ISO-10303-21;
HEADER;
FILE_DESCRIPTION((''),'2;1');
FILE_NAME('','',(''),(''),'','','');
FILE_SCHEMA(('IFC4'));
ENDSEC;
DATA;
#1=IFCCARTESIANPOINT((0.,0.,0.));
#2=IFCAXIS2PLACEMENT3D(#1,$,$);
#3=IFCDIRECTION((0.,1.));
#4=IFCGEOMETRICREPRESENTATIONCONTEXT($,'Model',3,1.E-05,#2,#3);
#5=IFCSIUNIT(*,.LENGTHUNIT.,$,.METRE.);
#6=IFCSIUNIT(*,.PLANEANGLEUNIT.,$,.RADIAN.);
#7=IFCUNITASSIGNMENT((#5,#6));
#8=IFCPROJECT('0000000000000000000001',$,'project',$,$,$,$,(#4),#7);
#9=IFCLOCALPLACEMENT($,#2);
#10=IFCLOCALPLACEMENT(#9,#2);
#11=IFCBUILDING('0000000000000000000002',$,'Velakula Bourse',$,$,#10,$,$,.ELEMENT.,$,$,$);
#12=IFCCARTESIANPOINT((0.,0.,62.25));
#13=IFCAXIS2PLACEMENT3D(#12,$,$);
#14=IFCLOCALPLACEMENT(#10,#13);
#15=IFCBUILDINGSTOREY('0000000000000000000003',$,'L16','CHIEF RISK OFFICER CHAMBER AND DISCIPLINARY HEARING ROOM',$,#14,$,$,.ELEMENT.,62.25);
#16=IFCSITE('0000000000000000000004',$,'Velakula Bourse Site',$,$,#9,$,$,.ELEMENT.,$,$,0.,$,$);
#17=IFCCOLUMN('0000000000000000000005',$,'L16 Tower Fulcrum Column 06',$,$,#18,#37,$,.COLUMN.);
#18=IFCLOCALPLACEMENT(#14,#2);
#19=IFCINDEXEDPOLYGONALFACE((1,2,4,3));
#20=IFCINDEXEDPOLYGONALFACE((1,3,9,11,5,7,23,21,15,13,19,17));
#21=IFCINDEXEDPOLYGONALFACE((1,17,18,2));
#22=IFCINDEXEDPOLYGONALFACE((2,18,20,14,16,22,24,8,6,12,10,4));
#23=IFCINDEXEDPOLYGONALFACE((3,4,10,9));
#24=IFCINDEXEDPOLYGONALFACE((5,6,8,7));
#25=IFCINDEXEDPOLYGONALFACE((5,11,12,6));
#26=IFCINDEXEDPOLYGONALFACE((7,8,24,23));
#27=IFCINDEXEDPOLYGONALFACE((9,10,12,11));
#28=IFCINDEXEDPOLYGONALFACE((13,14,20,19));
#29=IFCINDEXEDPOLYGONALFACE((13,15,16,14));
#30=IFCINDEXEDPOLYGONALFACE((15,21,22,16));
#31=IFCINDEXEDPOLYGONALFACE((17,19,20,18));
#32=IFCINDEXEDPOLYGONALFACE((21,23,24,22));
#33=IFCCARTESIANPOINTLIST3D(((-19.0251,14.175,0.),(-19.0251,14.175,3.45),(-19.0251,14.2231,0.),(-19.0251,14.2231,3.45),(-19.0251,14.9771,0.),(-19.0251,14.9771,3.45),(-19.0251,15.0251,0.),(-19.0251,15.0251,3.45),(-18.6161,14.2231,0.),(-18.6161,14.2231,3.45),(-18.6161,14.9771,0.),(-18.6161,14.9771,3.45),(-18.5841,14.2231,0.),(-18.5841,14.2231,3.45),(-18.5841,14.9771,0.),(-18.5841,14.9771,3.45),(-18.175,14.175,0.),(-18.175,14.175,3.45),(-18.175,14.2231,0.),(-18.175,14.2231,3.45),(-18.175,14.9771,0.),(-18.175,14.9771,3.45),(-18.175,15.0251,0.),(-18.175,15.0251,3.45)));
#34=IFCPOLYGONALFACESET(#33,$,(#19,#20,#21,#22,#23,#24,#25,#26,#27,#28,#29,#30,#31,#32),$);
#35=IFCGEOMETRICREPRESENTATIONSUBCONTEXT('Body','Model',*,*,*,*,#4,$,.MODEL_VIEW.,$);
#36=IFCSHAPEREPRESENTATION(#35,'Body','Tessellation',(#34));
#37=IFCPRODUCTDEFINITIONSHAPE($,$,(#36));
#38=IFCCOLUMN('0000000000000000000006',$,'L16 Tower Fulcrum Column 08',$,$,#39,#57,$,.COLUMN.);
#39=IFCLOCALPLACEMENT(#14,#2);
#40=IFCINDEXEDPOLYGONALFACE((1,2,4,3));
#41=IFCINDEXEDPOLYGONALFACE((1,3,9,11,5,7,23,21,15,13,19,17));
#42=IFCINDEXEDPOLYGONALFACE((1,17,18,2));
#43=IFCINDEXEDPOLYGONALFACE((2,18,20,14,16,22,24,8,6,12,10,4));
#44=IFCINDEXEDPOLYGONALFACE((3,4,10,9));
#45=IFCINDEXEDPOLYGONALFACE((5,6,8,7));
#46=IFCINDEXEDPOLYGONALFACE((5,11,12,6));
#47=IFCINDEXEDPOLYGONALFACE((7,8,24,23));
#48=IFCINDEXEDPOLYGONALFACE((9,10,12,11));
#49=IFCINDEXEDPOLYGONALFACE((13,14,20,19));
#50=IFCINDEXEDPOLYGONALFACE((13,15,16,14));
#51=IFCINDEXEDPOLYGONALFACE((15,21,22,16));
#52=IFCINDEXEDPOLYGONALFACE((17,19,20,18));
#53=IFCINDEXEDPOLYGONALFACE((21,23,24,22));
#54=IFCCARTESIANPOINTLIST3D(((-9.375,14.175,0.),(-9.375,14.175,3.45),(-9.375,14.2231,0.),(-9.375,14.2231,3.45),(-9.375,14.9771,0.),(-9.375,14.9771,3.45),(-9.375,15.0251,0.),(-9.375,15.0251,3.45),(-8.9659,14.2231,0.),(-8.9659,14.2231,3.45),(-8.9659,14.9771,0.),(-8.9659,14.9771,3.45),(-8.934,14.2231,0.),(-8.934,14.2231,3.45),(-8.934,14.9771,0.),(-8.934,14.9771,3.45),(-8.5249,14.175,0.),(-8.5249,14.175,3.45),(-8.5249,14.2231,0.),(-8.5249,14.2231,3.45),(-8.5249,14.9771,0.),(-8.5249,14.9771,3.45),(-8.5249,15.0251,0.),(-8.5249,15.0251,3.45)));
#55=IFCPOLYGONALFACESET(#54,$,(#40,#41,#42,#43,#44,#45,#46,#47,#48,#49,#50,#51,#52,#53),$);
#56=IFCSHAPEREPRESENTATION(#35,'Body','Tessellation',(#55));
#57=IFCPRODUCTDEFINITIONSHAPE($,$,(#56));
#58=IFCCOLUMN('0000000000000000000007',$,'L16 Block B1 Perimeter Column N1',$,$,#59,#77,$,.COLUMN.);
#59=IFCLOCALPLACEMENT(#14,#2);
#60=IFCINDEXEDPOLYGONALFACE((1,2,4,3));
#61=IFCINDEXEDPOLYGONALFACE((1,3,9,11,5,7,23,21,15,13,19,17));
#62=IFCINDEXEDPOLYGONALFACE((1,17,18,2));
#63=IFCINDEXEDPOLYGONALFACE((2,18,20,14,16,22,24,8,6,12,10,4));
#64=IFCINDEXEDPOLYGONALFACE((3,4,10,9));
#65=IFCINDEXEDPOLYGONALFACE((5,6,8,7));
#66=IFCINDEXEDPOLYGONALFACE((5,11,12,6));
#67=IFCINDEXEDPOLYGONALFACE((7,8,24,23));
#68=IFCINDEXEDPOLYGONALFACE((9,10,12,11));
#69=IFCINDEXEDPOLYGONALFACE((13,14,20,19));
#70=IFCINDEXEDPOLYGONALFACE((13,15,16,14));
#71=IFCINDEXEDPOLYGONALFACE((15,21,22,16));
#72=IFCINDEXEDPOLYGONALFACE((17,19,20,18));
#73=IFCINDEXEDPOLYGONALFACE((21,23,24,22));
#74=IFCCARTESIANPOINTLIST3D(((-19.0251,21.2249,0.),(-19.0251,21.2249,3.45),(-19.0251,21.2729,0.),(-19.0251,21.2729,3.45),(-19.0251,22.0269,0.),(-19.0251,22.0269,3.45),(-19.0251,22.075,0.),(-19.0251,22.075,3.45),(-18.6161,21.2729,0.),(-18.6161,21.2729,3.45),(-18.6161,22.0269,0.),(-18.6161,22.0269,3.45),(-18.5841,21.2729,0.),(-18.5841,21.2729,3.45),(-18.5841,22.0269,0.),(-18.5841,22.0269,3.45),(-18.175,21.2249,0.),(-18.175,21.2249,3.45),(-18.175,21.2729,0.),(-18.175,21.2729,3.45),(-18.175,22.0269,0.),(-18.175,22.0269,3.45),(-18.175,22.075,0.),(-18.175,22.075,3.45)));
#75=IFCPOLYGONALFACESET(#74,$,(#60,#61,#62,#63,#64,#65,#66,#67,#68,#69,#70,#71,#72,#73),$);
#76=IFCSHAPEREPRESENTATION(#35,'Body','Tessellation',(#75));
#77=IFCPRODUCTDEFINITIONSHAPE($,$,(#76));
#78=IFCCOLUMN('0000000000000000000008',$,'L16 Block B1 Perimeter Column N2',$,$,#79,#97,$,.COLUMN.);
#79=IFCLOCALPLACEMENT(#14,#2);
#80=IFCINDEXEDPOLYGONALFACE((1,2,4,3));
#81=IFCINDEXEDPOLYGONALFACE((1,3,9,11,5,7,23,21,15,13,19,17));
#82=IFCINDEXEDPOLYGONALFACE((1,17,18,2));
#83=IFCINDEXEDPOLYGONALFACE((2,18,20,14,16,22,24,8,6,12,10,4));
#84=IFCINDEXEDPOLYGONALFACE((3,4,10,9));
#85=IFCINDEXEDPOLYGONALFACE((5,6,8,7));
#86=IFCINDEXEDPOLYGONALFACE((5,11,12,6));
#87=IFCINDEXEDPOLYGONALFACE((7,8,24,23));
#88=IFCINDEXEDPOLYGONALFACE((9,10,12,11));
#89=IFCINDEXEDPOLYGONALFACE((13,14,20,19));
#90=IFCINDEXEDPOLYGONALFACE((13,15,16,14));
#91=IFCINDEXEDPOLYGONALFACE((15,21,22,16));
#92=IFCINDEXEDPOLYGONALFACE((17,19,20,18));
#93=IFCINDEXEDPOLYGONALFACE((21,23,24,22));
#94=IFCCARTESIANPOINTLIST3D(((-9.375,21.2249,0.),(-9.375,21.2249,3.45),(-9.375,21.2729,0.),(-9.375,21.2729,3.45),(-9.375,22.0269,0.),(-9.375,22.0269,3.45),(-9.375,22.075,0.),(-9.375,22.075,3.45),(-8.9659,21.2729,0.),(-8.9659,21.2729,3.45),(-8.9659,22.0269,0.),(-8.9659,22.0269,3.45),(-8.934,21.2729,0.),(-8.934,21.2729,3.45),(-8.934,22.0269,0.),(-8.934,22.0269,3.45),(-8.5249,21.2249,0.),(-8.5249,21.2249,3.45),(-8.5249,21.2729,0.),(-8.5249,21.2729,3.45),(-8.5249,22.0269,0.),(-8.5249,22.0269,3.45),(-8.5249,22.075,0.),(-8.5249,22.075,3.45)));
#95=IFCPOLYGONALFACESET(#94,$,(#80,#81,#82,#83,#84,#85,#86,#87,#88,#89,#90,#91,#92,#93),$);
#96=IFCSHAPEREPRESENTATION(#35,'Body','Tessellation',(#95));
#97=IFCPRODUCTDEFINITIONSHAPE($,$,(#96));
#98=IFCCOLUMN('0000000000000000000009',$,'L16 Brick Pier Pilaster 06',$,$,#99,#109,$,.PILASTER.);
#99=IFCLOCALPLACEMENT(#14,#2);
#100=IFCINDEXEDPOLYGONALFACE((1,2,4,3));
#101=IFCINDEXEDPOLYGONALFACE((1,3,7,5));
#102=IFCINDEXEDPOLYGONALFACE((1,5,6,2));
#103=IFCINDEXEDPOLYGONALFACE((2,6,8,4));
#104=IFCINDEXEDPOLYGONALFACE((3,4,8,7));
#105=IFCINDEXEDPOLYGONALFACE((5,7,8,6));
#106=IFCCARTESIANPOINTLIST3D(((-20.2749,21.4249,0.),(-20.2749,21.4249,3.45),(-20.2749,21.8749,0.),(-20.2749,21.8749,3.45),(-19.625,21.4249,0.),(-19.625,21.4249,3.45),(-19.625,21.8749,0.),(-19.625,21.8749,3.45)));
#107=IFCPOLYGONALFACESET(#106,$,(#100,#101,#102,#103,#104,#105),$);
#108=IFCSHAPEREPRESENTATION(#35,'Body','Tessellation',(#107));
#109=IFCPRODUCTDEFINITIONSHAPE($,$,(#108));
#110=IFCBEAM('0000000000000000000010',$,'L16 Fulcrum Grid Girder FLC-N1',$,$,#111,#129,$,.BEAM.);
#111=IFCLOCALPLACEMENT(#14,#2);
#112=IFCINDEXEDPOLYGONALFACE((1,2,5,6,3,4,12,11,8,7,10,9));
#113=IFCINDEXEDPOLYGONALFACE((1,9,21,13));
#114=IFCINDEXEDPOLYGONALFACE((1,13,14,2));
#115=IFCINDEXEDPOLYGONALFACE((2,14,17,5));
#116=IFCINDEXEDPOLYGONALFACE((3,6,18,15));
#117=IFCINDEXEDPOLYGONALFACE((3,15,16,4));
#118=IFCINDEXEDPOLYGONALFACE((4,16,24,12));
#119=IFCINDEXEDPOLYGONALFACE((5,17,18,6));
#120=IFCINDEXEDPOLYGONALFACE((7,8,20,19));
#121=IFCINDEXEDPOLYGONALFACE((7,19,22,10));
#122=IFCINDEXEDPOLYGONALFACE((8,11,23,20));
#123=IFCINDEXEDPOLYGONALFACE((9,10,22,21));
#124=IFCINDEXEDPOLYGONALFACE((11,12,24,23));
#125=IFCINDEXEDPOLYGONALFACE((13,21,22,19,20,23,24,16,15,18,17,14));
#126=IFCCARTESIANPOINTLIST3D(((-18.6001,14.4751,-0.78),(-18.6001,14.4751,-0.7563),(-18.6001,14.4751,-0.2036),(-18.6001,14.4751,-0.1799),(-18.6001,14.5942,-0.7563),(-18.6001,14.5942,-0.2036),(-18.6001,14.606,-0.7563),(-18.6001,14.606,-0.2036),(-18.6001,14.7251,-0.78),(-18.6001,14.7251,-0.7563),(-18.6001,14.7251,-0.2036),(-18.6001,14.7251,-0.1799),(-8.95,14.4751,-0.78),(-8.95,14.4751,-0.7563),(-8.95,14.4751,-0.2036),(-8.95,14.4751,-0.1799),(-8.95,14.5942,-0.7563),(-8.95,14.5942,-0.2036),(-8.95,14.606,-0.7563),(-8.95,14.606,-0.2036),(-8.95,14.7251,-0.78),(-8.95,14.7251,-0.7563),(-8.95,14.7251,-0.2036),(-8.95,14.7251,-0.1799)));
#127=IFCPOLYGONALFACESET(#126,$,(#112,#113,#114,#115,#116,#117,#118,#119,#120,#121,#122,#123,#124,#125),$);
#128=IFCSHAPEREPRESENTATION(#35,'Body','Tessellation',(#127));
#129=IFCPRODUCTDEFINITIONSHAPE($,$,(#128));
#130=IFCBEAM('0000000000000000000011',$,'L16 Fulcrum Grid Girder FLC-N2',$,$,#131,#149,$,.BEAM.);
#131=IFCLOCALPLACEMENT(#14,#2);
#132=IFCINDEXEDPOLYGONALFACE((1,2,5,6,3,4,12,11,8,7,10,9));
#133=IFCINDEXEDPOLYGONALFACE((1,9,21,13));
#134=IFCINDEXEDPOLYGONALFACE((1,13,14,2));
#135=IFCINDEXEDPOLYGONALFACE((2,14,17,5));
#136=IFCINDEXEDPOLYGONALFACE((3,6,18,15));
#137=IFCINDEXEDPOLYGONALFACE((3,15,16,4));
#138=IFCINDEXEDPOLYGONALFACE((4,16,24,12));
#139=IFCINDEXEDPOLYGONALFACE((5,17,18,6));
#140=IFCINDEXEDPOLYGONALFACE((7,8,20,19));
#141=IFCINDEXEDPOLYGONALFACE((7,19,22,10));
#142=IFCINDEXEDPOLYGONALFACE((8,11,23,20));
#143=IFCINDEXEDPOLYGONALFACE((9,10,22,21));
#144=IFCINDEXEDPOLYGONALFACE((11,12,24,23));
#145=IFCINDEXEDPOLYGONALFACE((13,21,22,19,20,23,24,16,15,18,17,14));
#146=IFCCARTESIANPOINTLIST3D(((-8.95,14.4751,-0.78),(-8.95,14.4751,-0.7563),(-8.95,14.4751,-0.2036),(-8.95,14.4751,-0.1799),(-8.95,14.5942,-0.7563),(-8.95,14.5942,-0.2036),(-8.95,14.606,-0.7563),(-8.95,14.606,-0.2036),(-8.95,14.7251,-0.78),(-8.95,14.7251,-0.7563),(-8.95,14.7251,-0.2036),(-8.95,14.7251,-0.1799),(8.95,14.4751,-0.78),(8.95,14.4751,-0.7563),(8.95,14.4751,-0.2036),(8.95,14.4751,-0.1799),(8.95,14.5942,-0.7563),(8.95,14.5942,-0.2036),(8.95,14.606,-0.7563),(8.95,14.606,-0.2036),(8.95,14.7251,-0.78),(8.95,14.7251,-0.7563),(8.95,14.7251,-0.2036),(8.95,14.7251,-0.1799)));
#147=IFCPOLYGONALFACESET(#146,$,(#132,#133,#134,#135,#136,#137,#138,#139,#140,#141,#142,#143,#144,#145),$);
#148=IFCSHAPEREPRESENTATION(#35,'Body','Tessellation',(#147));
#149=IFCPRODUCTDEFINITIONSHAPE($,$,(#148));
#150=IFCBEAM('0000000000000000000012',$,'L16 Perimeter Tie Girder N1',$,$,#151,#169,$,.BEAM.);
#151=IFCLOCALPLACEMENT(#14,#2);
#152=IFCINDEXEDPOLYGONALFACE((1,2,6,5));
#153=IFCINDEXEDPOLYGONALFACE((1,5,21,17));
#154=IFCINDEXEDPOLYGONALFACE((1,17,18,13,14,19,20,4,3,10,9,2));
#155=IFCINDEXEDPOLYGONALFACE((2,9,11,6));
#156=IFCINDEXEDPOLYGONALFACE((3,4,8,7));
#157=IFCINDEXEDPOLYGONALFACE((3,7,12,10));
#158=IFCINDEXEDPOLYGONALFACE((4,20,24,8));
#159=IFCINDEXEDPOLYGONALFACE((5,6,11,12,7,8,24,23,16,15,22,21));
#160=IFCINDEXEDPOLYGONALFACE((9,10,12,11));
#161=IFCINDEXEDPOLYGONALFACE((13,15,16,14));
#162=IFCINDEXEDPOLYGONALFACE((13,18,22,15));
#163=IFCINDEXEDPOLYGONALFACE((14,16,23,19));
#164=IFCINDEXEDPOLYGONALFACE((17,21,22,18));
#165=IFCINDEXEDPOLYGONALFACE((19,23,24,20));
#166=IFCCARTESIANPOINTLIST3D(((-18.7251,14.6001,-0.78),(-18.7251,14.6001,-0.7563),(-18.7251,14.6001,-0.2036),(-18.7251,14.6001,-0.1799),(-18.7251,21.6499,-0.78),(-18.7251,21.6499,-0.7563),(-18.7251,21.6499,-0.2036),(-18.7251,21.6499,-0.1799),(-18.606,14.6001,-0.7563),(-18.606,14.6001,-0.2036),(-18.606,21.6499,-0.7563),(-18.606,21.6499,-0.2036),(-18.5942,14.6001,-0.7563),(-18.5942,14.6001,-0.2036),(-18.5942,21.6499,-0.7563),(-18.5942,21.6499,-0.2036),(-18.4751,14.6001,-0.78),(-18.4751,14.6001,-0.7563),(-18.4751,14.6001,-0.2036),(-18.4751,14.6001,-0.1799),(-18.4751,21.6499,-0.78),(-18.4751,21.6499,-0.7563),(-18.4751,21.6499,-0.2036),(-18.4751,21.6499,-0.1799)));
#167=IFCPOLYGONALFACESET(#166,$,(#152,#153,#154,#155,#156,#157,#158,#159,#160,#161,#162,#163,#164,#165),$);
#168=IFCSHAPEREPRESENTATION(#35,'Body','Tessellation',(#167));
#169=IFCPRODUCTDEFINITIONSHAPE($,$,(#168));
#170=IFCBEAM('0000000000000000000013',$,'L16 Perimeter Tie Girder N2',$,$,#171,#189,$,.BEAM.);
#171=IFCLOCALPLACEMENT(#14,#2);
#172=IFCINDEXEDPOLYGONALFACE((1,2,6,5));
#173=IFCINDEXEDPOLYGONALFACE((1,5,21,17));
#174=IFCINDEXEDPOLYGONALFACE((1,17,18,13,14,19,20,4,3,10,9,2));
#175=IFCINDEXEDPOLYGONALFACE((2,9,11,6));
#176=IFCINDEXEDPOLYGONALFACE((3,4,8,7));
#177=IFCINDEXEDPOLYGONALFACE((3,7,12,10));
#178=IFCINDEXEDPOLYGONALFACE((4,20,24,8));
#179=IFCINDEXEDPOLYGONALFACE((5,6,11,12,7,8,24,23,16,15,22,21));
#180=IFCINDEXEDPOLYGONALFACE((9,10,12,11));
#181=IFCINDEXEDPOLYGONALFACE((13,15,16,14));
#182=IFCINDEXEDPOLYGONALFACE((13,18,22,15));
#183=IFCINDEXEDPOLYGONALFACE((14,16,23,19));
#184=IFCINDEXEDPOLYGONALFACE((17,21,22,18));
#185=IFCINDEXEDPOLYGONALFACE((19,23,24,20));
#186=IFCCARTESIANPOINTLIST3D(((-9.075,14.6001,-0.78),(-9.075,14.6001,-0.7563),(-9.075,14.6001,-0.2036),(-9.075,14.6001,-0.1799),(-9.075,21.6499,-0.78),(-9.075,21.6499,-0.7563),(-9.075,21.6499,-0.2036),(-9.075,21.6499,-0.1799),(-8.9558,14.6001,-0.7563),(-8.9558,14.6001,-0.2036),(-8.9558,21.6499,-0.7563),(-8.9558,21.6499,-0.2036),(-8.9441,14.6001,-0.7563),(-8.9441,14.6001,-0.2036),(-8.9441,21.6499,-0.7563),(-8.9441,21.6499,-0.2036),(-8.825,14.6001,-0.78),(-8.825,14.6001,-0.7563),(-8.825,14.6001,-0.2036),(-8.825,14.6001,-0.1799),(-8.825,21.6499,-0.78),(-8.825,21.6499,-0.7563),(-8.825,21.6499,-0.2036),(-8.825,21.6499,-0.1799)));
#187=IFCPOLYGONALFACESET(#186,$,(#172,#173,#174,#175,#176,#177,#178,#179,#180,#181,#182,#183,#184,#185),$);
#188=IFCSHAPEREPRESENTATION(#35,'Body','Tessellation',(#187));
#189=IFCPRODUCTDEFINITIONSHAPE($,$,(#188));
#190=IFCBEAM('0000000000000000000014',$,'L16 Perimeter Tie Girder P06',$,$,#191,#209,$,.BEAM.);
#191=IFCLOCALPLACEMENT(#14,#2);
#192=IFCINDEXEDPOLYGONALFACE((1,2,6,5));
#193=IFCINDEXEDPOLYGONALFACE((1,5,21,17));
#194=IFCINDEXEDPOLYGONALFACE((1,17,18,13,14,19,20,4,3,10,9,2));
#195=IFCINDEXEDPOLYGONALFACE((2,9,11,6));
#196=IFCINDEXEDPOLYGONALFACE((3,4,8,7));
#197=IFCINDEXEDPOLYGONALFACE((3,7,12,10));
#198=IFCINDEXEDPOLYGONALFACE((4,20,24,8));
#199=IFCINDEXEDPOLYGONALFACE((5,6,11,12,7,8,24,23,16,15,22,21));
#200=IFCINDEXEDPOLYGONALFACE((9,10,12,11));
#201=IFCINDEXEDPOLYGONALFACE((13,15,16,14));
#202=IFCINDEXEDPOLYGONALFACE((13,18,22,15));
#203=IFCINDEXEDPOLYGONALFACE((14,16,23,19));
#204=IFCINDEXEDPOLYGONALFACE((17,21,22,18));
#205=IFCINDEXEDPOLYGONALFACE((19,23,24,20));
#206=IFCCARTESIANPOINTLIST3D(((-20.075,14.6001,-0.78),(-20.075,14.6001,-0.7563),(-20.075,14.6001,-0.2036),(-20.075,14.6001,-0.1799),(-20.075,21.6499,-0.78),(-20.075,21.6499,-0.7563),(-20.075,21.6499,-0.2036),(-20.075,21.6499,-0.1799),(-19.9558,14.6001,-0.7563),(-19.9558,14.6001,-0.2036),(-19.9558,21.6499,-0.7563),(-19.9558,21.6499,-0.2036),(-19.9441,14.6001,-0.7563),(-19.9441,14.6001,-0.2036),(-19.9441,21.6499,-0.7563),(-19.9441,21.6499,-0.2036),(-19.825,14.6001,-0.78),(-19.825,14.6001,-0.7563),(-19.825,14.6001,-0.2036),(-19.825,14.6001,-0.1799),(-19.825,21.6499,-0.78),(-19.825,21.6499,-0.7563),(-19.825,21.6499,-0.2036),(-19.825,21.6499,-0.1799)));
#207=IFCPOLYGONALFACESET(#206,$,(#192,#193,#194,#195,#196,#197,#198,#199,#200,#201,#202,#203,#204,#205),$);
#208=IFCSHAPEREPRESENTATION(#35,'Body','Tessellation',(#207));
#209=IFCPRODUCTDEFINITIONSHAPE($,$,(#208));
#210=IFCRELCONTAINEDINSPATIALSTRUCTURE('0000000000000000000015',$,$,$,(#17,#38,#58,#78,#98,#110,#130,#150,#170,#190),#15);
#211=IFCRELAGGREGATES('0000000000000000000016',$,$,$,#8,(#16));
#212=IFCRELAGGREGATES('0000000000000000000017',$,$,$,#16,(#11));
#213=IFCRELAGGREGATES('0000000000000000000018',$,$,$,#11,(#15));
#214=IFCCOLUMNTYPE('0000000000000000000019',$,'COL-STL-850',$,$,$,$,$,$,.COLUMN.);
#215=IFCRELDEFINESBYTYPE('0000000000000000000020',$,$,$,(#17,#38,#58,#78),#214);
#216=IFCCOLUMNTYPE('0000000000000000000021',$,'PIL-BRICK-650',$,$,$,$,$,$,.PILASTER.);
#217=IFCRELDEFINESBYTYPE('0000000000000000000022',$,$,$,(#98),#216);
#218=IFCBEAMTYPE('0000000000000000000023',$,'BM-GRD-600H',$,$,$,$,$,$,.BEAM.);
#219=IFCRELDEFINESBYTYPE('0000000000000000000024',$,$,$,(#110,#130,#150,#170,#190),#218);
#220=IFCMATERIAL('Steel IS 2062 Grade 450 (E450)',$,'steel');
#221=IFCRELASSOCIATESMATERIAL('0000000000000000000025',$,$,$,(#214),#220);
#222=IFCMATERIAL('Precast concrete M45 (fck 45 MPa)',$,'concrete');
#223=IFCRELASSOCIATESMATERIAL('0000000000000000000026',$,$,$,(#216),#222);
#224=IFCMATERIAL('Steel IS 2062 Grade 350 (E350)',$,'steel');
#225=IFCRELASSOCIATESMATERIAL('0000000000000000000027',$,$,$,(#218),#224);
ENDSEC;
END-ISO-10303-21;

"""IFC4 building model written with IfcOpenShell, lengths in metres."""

from ifc_helpers import new_model, si_unit, direction, frame, origin, origin_2d, place, context, subcontext, project, spatial, rectangle, i_section, extrude, material, material_profile, profile_set, type_object, element, save


model = new_model("IFC4")

# Units and contexts
model_context = context("Model", 3, precision=1e-05, world=origin(), true_north=direction((0.0, 1.0)))
body_context = subcontext(model_context, "Body", "Model", "MODEL_VIEW")
ifc_project = project(units=[si_unit("LENGTHUNIT", "METRE"), si_unit("PLANEANGLEUNIT", "RADIAN")], contexts=[model_context])

# Site, building, storey
site_placement = place(None, origin())
site = spatial("IfcSite", under=ifc_project, at=site_placement, Name="Velakula Bourse Site", CompositionType="ELEMENT", RefElevation=0.0)
building_placement = place(site_placement, origin())
building = spatial("IfcBuilding", under=site, at=building_placement, Name="Velakula Bourse", CompositionType="ELEMENT")
storey_placement = place(building_placement, frame((0.0, 0.0, 62.25)))
storey = spatial("IfcBuildingStorey", under=building, at=storey_placement, Name="L16", Description="CHIEF RISK OFFICER CHAMBER AND DISCIPLINARY HEARING ROOM", CompositionType="ELEMENT", Elevation=62.25)

# Columns
ifc_material_1 = material(Name="Steel IS 2062 Grade 450 (E450)", Category="steel")
ifc_material_profile_1 = material_profile(ifc_material_1, i_section(OverallWidth=0.8501, OverallDepth=0.8501, WebThickness=0.032, FlangeThickness=0.0481, at=origin_2d()), Name="Steel IS 2062 Grade 450 (E450)")
ifc_profile_set_1 = profile_set([ifc_material_profile_1], Name="Steel IS 2062 Grade 450 (E450)")
column_type_1 = type_object("IfcColumnType", Name="COL-STL-850", PredefinedType="COLUMN", material=ifc_profile_set_1)
for number, where, z_axis, x_axis, name in (
    (1, (-18.6001, 14.6001, 0.0), (0.0, 0.0, 1.0), (1.0, 0.0, 0.0), "L16 Tower Fulcrum Column 06"),
    (2, (-8.95, 14.6001, 0.0), (0.0, 0.0, 1.0), (1.0, 0.0, 0.0), "L16 Tower Fulcrum Column 08"),
    (3, (-18.6001, 21.6499, 0.0), (0.0, 0.0, 1.0), (1.0, 0.0, 0.0), "L16 Block B1 Perimeter Column N1"),
    (4, (-8.95, 21.6499, 0.0), (0.0, 0.0, 1.0), (1.0, 0.0, 0.0), "L16 Block B1 Perimeter Column N2"),
):
    element("IfcColumn", number, at=place(storey_placement, frame(where, z_axis=z_axis, x_axis=x_axis)), inside=storey, type_object=column_type_1, Name=name, PredefinedType="COLUMN", context=body_context, shape_type="SweptSolid", body=[
        extrude(i_section(OverallWidth=0.8501, OverallDepth=0.8501, WebThickness=0.032, FlangeThickness=0.0481, at=origin_2d()), origin(), (0.0, 0.0, 1.0), 3.45),
    ])
ifc_material_2 = material(Name="Precast concrete M45 (fck 45 MPa)", Category="concrete")
ifc_material_profile_2 = material_profile(ifc_material_2, rectangle(XDim=0.6499, YDim=0.45, at=origin_2d()), Name="Precast concrete M45 (fck 45 MPa)")
ifc_profile_set_2 = profile_set([ifc_material_profile_2], Name="Precast concrete M45 (fck 45 MPa)")
column_type_2 = type_object("IfcColumnType", Name="PIL-BRICK-650", PredefinedType="PILASTER", material=ifc_profile_set_2)
column_placement = place(storey_placement, frame((-19.95, 21.6499, 0.0), z_axis=(0.0, 0.0, 1.0), x_axis=(1.0, 0.0, 0.0)))
element("IfcColumn", 5, at=column_placement, inside=storey, type_object=column_type_2, Name="L16 Brick Pier Pilaster 06", PredefinedType="PILASTER", context=body_context, shape_type="SweptSolid", body=[
    extrude(rectangle(XDim=0.6499, YDim=0.45, at=origin_2d()), origin(), (0.0, 0.0, 1.0), 3.45),
])

# Beams
ifc_material_3 = material(Name="Steel IS 2062 Grade 350 (E350)", Category="steel")
ifc_material_profile_3 = material_profile(ifc_material_3, i_section(OverallWidth=0.25, OverallDepth=0.6001, WebThickness=0.0117, FlangeThickness=0.0237, at=origin_2d()), Name="Steel IS 2062 Grade 350 (E350)")
ifc_profile_set_3 = profile_set([ifc_material_profile_3], Name="Steel IS 2062 Grade 350 (E350)")
beam_type_1 = type_object("IfcBeamType", Name="BM-GRD-600H", PredefinedType="BEAM", material=ifc_profile_set_3)
beam_1_placement = place(storey_placement, frame((-18.6001, 14.6001, -0.48), z_axis=(1.0, 0.0, 0.0), x_axis=(0.0, 1.0, 0.0)))
element("IfcBeam", 6, at=beam_1_placement, inside=storey, type_object=beam_type_1, Name="L16 Fulcrum Grid Girder FLC-N1", PredefinedType="BEAM", context=body_context, shape_type="SweptSolid", body=[
    extrude(i_section(OverallWidth=0.25, OverallDepth=0.6001, WebThickness=0.0117, FlangeThickness=0.0237, at=origin_2d()), origin(), (0.0, 0.0, 1.0), 9.6501),
])
beam_2_placement = place(storey_placement, frame((-8.95, 14.6001, -0.48), z_axis=(1.0, 0.0, 0.0), x_axis=(0.0, 1.0, 0.0)))
element("IfcBeam", 7, at=beam_2_placement, inside=storey, type_object=beam_type_1, Name="L16 Fulcrum Grid Girder FLC-N2", PredefinedType="BEAM", context=body_context, shape_type="SweptSolid", body=[
    extrude(i_section(OverallWidth=0.25, OverallDepth=0.6001, WebThickness=0.0117, FlangeThickness=0.0237, at=origin_2d()), origin(), (0.0, 0.0, 1.0), 17.8999),
])
for number, where, z_axis, x_axis, name in (
    (8, (-18.6001, 14.6001, -0.48), (0.0, 1.0, 0.0), (-1.0, 0.0, 0.0), "L16 Perimeter Tie Girder N1"),
    (9, (-8.95, 14.6001, -0.48), (0.0, 1.0, 0.0), (-1.0, 0.0, 0.0), "L16 Perimeter Tie Girder N2"),
    (10, (-19.95, 14.6001, -0.48), (0.0, 1.0, 0.0), (-1.0, 0.0, 0.0), "L16 Perimeter Tie Girder P06"),
):
    element("IfcBeam", number, at=place(storey_placement, frame(where, z_axis=z_axis, x_axis=x_axis)), inside=storey, type_object=beam_type_1, Name=name, PredefinedType="BEAM", context=body_context, shape_type="SweptSolid", body=[
        extrude(i_section(OverallWidth=0.25, OverallDepth=0.6001, WebThickness=0.0117, FlangeThickness=0.0237, at=origin_2d()), origin(), (0.0, 0.0, 1.0), 7.0498),
    ])

save(model, "model.ifc")
